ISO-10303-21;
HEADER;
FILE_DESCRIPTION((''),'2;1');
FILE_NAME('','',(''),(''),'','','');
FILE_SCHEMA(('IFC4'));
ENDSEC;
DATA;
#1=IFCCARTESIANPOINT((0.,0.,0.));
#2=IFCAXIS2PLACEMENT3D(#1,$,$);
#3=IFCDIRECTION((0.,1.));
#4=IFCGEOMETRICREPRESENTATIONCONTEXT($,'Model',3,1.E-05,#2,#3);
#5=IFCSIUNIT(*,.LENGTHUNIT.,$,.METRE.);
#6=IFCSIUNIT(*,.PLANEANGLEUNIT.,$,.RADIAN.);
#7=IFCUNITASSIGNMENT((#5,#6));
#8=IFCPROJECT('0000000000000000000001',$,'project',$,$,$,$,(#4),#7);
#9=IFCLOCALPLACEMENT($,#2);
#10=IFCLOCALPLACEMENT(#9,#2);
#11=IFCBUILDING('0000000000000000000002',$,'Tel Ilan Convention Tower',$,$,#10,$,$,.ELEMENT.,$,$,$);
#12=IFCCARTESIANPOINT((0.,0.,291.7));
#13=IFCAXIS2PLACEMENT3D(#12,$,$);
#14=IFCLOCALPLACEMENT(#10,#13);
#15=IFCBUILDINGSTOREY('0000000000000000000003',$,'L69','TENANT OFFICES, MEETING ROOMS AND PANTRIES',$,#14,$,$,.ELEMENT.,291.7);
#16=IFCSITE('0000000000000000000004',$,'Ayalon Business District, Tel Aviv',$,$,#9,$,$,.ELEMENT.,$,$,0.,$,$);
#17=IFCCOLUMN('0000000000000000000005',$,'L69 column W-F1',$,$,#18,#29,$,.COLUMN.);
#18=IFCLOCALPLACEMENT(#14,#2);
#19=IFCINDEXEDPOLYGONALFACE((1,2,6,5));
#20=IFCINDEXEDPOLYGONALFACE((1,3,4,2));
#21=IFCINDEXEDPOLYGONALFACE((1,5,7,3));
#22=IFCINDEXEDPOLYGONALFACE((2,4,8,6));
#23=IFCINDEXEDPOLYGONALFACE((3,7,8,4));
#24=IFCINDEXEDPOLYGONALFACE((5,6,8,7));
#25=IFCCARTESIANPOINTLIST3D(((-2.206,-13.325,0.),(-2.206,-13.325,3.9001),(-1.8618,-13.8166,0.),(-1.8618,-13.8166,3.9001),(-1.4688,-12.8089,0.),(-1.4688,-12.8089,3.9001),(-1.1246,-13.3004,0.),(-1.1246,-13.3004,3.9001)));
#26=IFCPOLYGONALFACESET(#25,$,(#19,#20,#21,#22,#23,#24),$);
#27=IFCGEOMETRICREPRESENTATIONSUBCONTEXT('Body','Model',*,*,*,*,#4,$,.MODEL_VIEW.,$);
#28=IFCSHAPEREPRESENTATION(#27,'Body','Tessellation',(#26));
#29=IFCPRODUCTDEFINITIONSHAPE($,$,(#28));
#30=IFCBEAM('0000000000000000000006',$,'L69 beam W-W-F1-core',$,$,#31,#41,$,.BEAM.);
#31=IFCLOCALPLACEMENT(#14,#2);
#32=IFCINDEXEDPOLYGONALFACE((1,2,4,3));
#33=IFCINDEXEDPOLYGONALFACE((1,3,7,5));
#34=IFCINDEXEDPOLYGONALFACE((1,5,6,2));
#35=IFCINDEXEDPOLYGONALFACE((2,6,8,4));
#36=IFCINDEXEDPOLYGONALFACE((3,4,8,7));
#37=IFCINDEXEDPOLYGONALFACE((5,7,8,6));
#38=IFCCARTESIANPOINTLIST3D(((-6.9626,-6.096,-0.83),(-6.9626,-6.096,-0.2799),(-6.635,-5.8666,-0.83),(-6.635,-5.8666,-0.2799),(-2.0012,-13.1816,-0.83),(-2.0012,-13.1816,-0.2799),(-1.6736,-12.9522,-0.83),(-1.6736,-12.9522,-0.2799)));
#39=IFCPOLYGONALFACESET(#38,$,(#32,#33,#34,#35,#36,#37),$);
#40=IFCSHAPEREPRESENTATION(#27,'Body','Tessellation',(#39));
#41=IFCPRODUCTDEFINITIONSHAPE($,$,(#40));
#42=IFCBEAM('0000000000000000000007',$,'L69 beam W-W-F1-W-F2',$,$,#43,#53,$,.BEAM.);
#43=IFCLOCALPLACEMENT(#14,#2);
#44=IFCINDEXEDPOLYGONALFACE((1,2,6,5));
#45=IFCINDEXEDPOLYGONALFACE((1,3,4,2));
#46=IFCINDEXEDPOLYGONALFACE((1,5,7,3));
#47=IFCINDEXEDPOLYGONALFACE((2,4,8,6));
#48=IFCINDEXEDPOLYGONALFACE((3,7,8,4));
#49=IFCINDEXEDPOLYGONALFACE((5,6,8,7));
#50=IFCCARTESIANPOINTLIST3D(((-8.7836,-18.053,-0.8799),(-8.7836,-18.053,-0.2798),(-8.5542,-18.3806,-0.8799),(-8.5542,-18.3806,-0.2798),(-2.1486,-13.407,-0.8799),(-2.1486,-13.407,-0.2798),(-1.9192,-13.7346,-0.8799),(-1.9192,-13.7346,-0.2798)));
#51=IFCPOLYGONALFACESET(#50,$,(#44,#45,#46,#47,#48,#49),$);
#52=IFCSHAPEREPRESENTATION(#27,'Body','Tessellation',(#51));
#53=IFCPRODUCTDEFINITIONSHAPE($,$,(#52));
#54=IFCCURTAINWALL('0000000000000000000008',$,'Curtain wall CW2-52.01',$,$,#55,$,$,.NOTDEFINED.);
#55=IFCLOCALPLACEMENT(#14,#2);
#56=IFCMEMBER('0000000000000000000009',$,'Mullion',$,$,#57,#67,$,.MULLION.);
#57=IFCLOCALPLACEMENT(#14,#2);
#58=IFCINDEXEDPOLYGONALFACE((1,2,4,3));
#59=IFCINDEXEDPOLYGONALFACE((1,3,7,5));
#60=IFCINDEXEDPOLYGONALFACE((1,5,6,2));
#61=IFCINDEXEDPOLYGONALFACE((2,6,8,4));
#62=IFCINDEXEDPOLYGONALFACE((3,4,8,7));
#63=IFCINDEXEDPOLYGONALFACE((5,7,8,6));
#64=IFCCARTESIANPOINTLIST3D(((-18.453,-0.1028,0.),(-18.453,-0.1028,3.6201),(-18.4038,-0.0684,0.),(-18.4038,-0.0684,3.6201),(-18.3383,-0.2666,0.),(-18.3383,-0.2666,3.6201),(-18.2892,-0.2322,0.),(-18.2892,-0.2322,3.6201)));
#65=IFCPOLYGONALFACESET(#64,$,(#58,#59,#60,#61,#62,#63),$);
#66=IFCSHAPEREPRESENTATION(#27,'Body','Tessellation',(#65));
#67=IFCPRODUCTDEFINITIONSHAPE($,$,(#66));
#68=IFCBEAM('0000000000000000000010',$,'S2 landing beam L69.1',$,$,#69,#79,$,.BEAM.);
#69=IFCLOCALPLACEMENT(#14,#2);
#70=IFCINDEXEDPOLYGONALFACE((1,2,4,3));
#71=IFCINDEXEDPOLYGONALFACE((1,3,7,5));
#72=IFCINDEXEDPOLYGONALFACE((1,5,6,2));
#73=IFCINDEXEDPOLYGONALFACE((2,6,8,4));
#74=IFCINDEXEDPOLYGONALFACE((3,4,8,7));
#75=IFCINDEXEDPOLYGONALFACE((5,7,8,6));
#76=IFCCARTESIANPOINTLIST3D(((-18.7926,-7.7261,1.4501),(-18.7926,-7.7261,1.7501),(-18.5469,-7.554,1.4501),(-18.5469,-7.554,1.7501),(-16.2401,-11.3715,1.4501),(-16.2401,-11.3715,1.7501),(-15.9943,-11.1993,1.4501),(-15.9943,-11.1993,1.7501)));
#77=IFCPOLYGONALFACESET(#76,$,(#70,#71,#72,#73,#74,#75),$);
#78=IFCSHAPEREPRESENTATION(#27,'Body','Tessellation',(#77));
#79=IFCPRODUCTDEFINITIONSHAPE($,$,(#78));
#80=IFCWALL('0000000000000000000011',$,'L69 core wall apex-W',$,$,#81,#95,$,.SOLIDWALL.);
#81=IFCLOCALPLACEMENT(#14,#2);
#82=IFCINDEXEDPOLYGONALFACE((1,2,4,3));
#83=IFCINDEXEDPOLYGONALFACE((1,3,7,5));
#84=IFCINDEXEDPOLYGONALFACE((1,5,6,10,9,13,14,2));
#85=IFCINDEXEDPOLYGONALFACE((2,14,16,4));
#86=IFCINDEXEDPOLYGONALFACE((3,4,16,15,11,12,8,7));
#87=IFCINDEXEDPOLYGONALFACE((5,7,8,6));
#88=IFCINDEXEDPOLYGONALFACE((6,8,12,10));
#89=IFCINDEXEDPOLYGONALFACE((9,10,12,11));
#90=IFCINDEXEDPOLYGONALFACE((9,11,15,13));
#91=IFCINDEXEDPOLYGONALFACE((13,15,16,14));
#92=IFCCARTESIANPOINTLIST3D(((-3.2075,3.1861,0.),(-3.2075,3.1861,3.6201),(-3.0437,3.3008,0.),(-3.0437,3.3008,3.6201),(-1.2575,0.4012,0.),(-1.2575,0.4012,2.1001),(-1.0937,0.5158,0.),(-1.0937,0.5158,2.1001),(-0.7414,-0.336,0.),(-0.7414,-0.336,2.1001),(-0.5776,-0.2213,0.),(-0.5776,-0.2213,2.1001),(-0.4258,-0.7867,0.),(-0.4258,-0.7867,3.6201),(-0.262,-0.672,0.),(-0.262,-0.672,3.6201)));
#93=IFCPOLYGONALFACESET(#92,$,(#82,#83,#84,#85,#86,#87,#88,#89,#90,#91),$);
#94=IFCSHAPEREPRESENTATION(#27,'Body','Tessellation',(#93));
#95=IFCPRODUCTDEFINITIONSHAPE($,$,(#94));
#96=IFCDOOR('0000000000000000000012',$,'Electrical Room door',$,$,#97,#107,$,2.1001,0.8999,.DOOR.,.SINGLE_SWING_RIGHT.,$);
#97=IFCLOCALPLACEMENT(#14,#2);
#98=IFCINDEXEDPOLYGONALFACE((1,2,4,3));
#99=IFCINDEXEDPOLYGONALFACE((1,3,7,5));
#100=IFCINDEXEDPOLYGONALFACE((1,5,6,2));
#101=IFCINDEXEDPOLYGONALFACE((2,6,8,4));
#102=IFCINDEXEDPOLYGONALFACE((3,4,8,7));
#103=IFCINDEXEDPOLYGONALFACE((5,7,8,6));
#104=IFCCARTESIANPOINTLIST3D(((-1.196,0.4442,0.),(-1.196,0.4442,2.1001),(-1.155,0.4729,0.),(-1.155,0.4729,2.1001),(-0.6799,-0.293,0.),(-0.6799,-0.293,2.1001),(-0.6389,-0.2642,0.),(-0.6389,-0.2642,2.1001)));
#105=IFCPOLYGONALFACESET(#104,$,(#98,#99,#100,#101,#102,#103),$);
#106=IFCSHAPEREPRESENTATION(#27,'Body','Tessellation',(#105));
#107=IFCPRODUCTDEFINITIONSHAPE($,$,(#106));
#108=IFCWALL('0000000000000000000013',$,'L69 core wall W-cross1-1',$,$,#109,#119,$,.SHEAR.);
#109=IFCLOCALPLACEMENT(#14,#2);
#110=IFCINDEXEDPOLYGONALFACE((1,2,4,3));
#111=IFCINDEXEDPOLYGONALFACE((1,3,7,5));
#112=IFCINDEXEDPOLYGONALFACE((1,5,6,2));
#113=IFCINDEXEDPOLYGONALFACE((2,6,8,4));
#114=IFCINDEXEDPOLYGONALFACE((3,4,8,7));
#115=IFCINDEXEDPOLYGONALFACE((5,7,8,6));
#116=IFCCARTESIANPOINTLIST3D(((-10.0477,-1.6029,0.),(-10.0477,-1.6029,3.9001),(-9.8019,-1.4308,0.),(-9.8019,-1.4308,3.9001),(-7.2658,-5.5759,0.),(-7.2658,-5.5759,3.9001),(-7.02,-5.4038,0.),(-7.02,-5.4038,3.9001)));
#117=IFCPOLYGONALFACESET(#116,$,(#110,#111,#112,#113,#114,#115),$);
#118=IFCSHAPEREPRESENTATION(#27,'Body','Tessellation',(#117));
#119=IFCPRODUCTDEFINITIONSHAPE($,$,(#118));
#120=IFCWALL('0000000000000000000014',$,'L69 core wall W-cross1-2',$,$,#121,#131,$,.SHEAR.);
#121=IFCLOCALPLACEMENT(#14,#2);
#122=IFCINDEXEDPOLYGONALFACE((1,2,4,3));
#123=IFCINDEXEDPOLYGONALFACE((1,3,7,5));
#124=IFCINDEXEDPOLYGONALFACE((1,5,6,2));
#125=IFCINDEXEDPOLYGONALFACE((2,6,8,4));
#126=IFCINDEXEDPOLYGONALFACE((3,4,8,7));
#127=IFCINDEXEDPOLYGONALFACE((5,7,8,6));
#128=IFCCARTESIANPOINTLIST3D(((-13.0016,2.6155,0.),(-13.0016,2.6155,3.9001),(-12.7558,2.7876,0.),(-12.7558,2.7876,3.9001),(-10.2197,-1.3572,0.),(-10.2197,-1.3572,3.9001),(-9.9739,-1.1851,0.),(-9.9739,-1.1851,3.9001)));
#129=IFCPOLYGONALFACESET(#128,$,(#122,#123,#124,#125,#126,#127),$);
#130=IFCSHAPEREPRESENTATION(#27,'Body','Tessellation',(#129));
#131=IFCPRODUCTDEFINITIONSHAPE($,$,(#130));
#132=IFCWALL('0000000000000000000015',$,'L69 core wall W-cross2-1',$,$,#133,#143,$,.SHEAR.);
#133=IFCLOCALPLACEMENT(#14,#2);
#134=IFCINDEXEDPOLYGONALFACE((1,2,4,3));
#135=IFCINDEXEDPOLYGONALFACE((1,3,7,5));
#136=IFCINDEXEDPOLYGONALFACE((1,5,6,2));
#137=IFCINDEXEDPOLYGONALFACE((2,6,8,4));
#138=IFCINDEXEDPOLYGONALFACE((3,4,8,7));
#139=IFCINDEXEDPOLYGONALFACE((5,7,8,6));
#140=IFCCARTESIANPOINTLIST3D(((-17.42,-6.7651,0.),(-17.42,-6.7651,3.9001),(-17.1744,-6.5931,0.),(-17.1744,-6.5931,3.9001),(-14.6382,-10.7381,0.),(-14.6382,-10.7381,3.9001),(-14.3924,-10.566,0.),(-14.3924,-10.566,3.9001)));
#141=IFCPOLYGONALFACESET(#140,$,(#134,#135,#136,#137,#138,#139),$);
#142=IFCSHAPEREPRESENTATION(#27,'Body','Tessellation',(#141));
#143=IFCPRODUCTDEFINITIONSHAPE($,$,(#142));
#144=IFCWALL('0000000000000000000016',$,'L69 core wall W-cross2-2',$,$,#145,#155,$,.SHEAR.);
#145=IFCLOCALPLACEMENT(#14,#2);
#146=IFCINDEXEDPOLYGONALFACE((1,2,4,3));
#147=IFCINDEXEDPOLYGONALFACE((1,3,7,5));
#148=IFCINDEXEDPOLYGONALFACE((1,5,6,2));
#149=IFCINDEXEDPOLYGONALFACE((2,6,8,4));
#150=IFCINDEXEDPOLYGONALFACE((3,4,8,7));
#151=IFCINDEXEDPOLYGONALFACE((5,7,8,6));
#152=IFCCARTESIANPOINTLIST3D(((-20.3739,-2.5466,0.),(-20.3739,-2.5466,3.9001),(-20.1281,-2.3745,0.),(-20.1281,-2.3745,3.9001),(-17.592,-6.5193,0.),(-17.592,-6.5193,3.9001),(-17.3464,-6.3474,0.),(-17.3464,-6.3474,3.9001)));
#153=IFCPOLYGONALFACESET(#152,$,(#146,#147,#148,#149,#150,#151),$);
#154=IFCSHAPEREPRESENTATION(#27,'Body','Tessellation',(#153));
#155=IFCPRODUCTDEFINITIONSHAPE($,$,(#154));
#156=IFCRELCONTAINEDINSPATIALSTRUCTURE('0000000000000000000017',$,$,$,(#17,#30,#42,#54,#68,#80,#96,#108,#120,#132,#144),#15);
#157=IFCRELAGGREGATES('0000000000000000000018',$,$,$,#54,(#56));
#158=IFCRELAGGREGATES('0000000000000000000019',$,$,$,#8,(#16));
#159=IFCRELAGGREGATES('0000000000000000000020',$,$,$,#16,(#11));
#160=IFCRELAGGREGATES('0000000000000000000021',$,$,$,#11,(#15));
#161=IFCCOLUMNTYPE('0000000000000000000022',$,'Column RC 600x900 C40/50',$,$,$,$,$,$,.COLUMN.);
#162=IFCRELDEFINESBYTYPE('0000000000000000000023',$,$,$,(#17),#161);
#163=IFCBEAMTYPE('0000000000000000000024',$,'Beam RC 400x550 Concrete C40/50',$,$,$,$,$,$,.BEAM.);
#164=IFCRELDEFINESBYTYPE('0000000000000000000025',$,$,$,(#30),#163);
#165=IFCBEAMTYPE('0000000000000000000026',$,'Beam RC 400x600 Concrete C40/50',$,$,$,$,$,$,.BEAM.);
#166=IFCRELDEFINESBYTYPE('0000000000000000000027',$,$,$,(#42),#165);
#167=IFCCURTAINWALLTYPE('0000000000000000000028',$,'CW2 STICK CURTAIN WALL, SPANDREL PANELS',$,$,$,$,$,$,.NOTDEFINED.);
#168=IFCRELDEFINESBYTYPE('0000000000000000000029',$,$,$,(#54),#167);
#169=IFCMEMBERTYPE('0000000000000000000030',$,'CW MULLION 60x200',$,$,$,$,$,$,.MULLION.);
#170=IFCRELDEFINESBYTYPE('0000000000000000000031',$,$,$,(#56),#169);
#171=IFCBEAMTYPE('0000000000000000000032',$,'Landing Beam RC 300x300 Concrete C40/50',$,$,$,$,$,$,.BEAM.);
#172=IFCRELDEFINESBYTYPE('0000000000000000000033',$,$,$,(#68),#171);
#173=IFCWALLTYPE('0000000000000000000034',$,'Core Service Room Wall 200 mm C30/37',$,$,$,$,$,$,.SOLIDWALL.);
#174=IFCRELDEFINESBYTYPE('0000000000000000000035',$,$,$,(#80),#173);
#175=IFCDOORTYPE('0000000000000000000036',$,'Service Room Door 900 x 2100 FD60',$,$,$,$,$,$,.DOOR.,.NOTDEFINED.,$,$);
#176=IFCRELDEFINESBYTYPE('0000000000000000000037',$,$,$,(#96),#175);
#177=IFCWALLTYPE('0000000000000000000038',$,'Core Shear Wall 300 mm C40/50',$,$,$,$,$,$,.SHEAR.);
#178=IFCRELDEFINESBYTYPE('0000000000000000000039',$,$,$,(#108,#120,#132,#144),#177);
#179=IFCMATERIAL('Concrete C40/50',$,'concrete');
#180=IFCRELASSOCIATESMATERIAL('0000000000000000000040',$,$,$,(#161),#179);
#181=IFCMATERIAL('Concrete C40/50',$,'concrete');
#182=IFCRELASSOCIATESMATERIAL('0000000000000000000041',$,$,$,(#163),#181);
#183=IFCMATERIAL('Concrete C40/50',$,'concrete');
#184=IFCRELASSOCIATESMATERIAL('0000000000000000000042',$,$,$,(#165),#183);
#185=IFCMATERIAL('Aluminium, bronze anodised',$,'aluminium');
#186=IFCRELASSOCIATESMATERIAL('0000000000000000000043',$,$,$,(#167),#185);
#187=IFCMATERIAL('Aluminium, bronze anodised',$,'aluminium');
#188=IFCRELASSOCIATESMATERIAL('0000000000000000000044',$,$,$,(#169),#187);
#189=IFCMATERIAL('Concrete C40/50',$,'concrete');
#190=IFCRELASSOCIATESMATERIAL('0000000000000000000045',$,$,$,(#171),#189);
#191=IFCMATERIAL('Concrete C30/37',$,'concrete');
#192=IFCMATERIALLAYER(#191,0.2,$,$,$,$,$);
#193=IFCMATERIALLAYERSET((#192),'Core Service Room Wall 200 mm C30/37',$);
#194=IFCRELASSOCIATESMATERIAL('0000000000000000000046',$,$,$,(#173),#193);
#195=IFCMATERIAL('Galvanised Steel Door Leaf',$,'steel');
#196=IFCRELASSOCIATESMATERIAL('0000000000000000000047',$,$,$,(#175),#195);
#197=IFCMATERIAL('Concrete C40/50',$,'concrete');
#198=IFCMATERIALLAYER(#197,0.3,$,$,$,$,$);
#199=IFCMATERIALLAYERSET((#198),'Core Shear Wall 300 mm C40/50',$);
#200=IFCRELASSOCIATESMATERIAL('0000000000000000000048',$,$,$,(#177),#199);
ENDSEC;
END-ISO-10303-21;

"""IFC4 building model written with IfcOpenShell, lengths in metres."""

from ifc_helpers import new_model, si_unit, direction, frame, frame_2d, origin, origin_2d, place, context, subcontext, project, spatial, polyline, rectangle, outline, extrude, material, layer, layer_set, material_profile, profile_set, type_object, element, fill, aggregate, save


model = new_model("IFC4")

# Units and contexts
model_context = context("Model", 3, precision=1e-05, world=origin(), true_north=direction((0.0, 1.0)))
body_context = subcontext(model_context, "Body", "Model", "MODEL_VIEW")
ifc_project = project(units=[si_unit("LENGTHUNIT", "METRE"), si_unit("PLANEANGLEUNIT", "RADIAN")], contexts=[model_context])

# Site, building, storey
site_placement = place(None, origin())
site = spatial("IfcSite", under=ifc_project, at=site_placement, Name="Ayalon Business District, Tel Aviv", CompositionType="ELEMENT", RefElevation=0.0)
building_placement = place(site_placement, origin())
building = spatial("IfcBuilding", under=site, at=building_placement, Name="Tel Ilan Convention Tower", CompositionType="ELEMENT")
storey_placement = place(building_placement, frame((0.0, 0.0, 291.7)))
storey = spatial("IfcBuildingStorey", under=building, at=storey_placement, Name="L69", Description="TENANT OFFICES, MEETING ROOMS AND PANTRIES", CompositionType="ELEMENT", Elevation=291.7)

# Column
ifc_material_1 = material(Name="Concrete C40/50", Category="concrete")
ifc_material_profile_1 = material_profile(ifc_material_1, rectangle(XDim=0.8999, YDim=0.6001, at=origin_2d()), Name="RC 600x900")
ifc_profile_set_1 = profile_set([ifc_material_profile_1], Name="Concrete C40/50")
column_type = type_object("IfcColumnType", Name="Column RC 600x900 C40/50", PredefinedType="COLUMN", material=ifc_profile_set_1)
column_placement = place(storey_placement, frame((-1.6653, -13.3127, 0.0), z_axis=(0.0, 0.0, 1.0), x_axis=(-0.819152, -0.573576, 0.0)))
element("IfcColumn", 1, at=column_placement, inside=storey, type_object=column_type, Name="L69 column W-F1", PredefinedType="COLUMN", context=body_context, shape_type="SweptSolid", body=[
    extrude(rectangle(XDim=0.8999, YDim=0.6001, at=origin_2d()), origin(), (0.0, 0.0, 1.0), 3.9001),
])

# Beams
ifc_material_2 = material(Name="Concrete C40/50", Category="concrete")
ifc_material_profile_2 = material_profile(ifc_material_2, rectangle(XDim=0.3999, YDim=0.55, at=origin_2d()), Name="RC 400x550")
ifc_profile_set_2 = profile_set([ifc_material_profile_2], Name="Concrete C40/50")
beam_type_1 = type_object("IfcBeamType", Name="Beam RC 400x550 Concrete C40/50", PredefinedType="BEAM", material=ifc_profile_set_2)
beam_1_placement = place(storey_placement, frame((-1.8374, -13.0669, -0.5549), z_axis=(-0.573574, 0.819154, 0.0), x_axis=(-0.819154, -0.573574, 0.0)))
element("IfcBeam", 2, at=beam_1_placement, inside=storey, type_object=beam_type_1, Name="L69 beam W-W-F1-core", PredefinedType="BEAM", context=body_context, shape_type="SweptSolid", body=[
    extrude(rectangle(XDim=0.3999, YDim=0.55, at=origin_2d()), origin(), (0.0, 0.0, 1.0), 8.6499),
])
ifc_material_3 = material(Name="Concrete C40/50", Category="concrete")
ifc_material_profile_3 = material_profile(ifc_material_3, rectangle(XDim=0.3999, YDim=0.6001, at=origin_2d()), Name="RC 400x600")
ifc_profile_set_3 = profile_set([ifc_material_profile_3], Name="Concrete C40/50")
beam_type_2 = type_object("IfcBeamType", Name="Beam RC 400x600 Concrete C40/50", PredefinedType="BEAM", material=ifc_profile_set_3)
beam_2_placement = place(storey_placement, frame((-2.0339, -13.5708, -0.5798), z_axis=(-0.819146, -0.573586, 0.0), x_axis=(0.573586, -0.819146, 0.0)))
element("IfcBeam", 3, at=beam_2_placement, inside=storey, type_object=beam_type_2, Name="L69 beam W-W-F1-W-F2", PredefinedType="BEAM", context=body_context, shape_type="SweptSolid", body=[
    extrude(rectangle(XDim=0.3999, YDim=0.6001, at=origin_2d()), origin(), (0.0, 0.0, 1.0), 8.0999),
])

# Curtain wall, member
ifc_material_4 = material(Name="Aluminium, bronze anodised", Category="aluminium")
curtain_wall_type = type_object("IfcCurtainWallType", Name="CW2 STICK CURTAIN WALL, SPANDREL PANELS", PredefinedType="NOTDEFINED", material=ifc_material_4)
curtain_wall_placement = place(storey_placement, origin())
curtain_wall = element("IfcCurtainWall", 4, at=curtain_wall_placement, inside=storey, type_object=curtain_wall_type, Name="Curtain wall CW2-52.01", PredefinedType="NOTDEFINED")
ifc_material_5 = material(Name="Aluminium, bronze anodised", Category="aluminium")
ifc_material_profile_4 = material_profile(ifc_material_5, rectangle(XDim=0.0601, YDim=0.2, at=origin_2d()), Name="CW MULLION 60x200")
ifc_profile_set_4 = profile_set([ifc_material_profile_4], Name="Aluminium, bronze anodised")
member_type = type_object("IfcMemberType", Name="CW MULLION 60x200", PredefinedType="MULLION", material=ifc_profile_set_4)
member_placement = place(storey_placement, frame((-18.3711, -0.1675, 0.0), z_axis=(0.0, 0.0, 1.0), x_axis=(-0.819152, -0.573576, 0.0)))
member = element("IfcMember", 5, at=member_placement, type_object=member_type, Name="Mullion", PredefinedType="MULLION", context=body_context, shape_type="SweptSolid", body=[
    extrude(rectangle(XDim=0.0601, YDim=0.2, at=origin_2d()), origin(), (0.0, 0.0, 1.0), 3.6201),
])
aggregate(curtain_wall, [member])

# Beam
ifc_material_6 = material(Name="Concrete C40/50", Category="concrete")
ifc_material_profile_5 = material_profile(ifc_material_6, rectangle(XDim=0.3, YDim=0.3, at=origin_2d()), Name="RC 300x300")
ifc_profile_set_5 = profile_set([ifc_material_profile_5], Name="Concrete C40/50")
beam_type_3 = type_object("IfcBeamType", Name="Landing Beam RC 300x300 Concrete C40/50", PredefinedType="BEAM", material=ifc_profile_set_5)
beam_3_placement = place(storey_placement, frame((-16.1172, -11.2854, 1.6001), z_axis=(-0.573584, 0.819147, 0.0), x_axis=(-0.819147, -0.573584, 0.0)))
element("IfcBeam", 6, at=beam_3_placement, inside=storey, type_object=beam_type_3, Name="S2 landing beam L69.1", PredefinedType="BEAM", context=body_context, shape_type="SweptSolid", body=[
    extrude(rectangle(XDim=0.3, YDim=0.3, at=origin_2d()), origin(), (0.0, 0.0, 1.0), 4.4502),
])

# Wall, opening, door
ifc_material_7 = material(Name="Concrete C30/37", Category="concrete")
ifc_layer_1 = layer(ifc_material_7, 0.2)
ifc_layer_set_1 = layer_set([ifc_layer_1], Name="Core Service Room Wall 200 mm C30/37")
wall_type_1 = type_object("IfcWallType", Name="Core Service Room Wall 200 mm C30/37", PredefinedType="SOLIDWALL", material=ifc_layer_set_1)
wall_1_placement = place(storey_placement, frame((-0.344, -0.7292, 0.0), z_axis=(0.0, 0.0, 1.0), x_axis=(-0.57356, 0.819163, 0.0)))
wall_1 = element("IfcWall", 7, at=wall_1_placement, inside=storey, type_object=wall_type_1, Name="L69 core wall apex-W", PredefinedType="SOLIDWALL", context=body_context, shape_type="SweptSolid", body=[
    extrude(rectangle(XDim=4.8499, YDim=0.2, at=frame_2d((2.4248, 0.0))), origin(), (0.0, 0.0, 1.0), 3.6201),
])
opening_1_placement = place(wall_1_placement, frame((0.55, 0.0, 0.0)))
opening_1 = element("IfcOpeningElement", 8, at=opening_1_placement, cuts=wall_1, PredefinedType="OPENING", context=body_context, shape_type="SweptSolid", body=[
    extrude(rectangle(XDim=0.8999, YDim=2.1001, at=frame_2d((0.45, 1.05))), frame((0.0, 0.1099, 0.0), z_axis=(0.0, -1.0, 0.0), x_axis=(1.0, 0.0, 0.0)), (0.0, 0.0, 1.0), 0.22),
])
ifc_material_8 = material(Name="Galvanised Steel Door Leaf", Category="steel")
door_type_1 = type_object("IfcDoorType", Name="Service Room Door 900 x 2100 FD60", OperationType="NOTDEFINED", PredefinedType="DOOR", material=ifc_material_8)
door_1_placement = place(opening_1_placement, origin())
door_1 = element("IfcDoor", 9, at=door_1_placement, inside=storey, type_object=door_type_1, Name="Electrical Room door", OperationType="SINGLE_SWING_RIGHT", OverallHeight=2.1001, OverallWidth=0.8999, PredefinedType="DOOR", context=body_context, shape_type="SweptSolid", body=[
    extrude(rectangle(XDim=0.8999, YDim=2.1001, at=frame_2d((0.45, 1.05))), frame((0.0, 0.0249, 0.0), z_axis=(0.0, -1.0, 0.0), x_axis=(1.0, 0.0, 0.0)), (0.0, 0.0, 1.0), 0.05),
])
fill(opening_1, door_1)

# Walls
ifc_material_9 = material(Name="Concrete C40/50", Category="concrete")
ifc_layer_2 = layer(ifc_material_9, 0.3)
ifc_layer_set_2 = layer_set([ifc_layer_2], Name="Core Shear Wall 300 mm C40/50")
wall_type_2 = type_object("IfcWallType", Name="Core Shear Wall 300 mm C40/50", PredefinedType="SHEAR", material=ifc_layer_set_2)
wall_2_placement = place(storey_placement, frame((-7.1428, -5.4897, 0.0), z_axis=(0.0, 0.0, 1.0), x_axis=(-0.573618, 0.819123, 0.0)))
element("IfcWall", 10, at=wall_2_placement, inside=storey, type_object=wall_type_2, Name="L69 core wall W-cross1-1", PredefinedType="SHEAR", context=body_context, shape_type="SweptSolid", body=[
    extrude(outline(polyline([(4.8501, 0.1499), (0.0, 0.1501), (0.0, -0.1499), (4.8501, -0.1501), (4.8501, 0.1499)])), origin(), (0.0, 0.0, 1.0), 3.9001),
])
wall_3_placement = place(storey_placement, frame((-10.0969, -1.2712, 0.0), z_axis=(0.0, 0.0, 1.0), x_axis=(-0.57356, 0.819163, 0.0)))
element("IfcWall", 11, at=wall_3_placement, inside=storey, type_object=wall_type_2, Name="L69 core wall W-cross1-2", PredefinedType="SHEAR", context=body_context, shape_type="SweptSolid", body=[
    extrude(outline(polyline([(4.8499, -0.1499), (4.8499, 0.1501), (0.0, 0.1499), (0.0, -0.1501), (4.8499, -0.1499)])), origin(), (0.0, 0.0, 1.0), 3.9001),
])
wall_4_placement = place(storey_placement, frame((-14.5154, -10.6521, 0.0), z_axis=(0.0, 0.0, 1.0), x_axis=(-0.57356, 0.819163, 0.0)))
element("IfcWall", 12, at=wall_4_placement, inside=storey, type_object=wall_type_2, Name="L69 core wall W-cross2-1", PredefinedType="SHEAR", context=body_context, shape_type="SweptSolid", body=[
    extrude(outline(polyline([(4.8501, 0.1499), (0.0, 0.1499), (0.0, -0.1501), (4.8501, -0.1499), (4.8501, 0.1499)])), origin(), (0.0, 0.0, 1.0), 3.9001),
])
wall_5_placement = place(storey_placement, frame((-17.4692, -6.4333, 0.0), z_axis=(0.0, 0.0, 1.0), x_axis=(-0.573594, 0.81914, 0.0)))
element("IfcWall", 13, at=wall_5_placement, inside=storey, type_object=wall_type_2, Name="L69 core wall W-cross2-2", PredefinedType="SHEAR", context=body_context, shape_type="SweptSolid", body=[
    extrude(outline(polyline([(4.8499, -0.1501), (4.8499, 0.1499), (0.0, 0.1499), (0.0, -0.1499), (4.8499, -0.1501)])), origin(), (0.0, 0.0, 1.0), 3.9001),
])

save(model, "model.ifc")
